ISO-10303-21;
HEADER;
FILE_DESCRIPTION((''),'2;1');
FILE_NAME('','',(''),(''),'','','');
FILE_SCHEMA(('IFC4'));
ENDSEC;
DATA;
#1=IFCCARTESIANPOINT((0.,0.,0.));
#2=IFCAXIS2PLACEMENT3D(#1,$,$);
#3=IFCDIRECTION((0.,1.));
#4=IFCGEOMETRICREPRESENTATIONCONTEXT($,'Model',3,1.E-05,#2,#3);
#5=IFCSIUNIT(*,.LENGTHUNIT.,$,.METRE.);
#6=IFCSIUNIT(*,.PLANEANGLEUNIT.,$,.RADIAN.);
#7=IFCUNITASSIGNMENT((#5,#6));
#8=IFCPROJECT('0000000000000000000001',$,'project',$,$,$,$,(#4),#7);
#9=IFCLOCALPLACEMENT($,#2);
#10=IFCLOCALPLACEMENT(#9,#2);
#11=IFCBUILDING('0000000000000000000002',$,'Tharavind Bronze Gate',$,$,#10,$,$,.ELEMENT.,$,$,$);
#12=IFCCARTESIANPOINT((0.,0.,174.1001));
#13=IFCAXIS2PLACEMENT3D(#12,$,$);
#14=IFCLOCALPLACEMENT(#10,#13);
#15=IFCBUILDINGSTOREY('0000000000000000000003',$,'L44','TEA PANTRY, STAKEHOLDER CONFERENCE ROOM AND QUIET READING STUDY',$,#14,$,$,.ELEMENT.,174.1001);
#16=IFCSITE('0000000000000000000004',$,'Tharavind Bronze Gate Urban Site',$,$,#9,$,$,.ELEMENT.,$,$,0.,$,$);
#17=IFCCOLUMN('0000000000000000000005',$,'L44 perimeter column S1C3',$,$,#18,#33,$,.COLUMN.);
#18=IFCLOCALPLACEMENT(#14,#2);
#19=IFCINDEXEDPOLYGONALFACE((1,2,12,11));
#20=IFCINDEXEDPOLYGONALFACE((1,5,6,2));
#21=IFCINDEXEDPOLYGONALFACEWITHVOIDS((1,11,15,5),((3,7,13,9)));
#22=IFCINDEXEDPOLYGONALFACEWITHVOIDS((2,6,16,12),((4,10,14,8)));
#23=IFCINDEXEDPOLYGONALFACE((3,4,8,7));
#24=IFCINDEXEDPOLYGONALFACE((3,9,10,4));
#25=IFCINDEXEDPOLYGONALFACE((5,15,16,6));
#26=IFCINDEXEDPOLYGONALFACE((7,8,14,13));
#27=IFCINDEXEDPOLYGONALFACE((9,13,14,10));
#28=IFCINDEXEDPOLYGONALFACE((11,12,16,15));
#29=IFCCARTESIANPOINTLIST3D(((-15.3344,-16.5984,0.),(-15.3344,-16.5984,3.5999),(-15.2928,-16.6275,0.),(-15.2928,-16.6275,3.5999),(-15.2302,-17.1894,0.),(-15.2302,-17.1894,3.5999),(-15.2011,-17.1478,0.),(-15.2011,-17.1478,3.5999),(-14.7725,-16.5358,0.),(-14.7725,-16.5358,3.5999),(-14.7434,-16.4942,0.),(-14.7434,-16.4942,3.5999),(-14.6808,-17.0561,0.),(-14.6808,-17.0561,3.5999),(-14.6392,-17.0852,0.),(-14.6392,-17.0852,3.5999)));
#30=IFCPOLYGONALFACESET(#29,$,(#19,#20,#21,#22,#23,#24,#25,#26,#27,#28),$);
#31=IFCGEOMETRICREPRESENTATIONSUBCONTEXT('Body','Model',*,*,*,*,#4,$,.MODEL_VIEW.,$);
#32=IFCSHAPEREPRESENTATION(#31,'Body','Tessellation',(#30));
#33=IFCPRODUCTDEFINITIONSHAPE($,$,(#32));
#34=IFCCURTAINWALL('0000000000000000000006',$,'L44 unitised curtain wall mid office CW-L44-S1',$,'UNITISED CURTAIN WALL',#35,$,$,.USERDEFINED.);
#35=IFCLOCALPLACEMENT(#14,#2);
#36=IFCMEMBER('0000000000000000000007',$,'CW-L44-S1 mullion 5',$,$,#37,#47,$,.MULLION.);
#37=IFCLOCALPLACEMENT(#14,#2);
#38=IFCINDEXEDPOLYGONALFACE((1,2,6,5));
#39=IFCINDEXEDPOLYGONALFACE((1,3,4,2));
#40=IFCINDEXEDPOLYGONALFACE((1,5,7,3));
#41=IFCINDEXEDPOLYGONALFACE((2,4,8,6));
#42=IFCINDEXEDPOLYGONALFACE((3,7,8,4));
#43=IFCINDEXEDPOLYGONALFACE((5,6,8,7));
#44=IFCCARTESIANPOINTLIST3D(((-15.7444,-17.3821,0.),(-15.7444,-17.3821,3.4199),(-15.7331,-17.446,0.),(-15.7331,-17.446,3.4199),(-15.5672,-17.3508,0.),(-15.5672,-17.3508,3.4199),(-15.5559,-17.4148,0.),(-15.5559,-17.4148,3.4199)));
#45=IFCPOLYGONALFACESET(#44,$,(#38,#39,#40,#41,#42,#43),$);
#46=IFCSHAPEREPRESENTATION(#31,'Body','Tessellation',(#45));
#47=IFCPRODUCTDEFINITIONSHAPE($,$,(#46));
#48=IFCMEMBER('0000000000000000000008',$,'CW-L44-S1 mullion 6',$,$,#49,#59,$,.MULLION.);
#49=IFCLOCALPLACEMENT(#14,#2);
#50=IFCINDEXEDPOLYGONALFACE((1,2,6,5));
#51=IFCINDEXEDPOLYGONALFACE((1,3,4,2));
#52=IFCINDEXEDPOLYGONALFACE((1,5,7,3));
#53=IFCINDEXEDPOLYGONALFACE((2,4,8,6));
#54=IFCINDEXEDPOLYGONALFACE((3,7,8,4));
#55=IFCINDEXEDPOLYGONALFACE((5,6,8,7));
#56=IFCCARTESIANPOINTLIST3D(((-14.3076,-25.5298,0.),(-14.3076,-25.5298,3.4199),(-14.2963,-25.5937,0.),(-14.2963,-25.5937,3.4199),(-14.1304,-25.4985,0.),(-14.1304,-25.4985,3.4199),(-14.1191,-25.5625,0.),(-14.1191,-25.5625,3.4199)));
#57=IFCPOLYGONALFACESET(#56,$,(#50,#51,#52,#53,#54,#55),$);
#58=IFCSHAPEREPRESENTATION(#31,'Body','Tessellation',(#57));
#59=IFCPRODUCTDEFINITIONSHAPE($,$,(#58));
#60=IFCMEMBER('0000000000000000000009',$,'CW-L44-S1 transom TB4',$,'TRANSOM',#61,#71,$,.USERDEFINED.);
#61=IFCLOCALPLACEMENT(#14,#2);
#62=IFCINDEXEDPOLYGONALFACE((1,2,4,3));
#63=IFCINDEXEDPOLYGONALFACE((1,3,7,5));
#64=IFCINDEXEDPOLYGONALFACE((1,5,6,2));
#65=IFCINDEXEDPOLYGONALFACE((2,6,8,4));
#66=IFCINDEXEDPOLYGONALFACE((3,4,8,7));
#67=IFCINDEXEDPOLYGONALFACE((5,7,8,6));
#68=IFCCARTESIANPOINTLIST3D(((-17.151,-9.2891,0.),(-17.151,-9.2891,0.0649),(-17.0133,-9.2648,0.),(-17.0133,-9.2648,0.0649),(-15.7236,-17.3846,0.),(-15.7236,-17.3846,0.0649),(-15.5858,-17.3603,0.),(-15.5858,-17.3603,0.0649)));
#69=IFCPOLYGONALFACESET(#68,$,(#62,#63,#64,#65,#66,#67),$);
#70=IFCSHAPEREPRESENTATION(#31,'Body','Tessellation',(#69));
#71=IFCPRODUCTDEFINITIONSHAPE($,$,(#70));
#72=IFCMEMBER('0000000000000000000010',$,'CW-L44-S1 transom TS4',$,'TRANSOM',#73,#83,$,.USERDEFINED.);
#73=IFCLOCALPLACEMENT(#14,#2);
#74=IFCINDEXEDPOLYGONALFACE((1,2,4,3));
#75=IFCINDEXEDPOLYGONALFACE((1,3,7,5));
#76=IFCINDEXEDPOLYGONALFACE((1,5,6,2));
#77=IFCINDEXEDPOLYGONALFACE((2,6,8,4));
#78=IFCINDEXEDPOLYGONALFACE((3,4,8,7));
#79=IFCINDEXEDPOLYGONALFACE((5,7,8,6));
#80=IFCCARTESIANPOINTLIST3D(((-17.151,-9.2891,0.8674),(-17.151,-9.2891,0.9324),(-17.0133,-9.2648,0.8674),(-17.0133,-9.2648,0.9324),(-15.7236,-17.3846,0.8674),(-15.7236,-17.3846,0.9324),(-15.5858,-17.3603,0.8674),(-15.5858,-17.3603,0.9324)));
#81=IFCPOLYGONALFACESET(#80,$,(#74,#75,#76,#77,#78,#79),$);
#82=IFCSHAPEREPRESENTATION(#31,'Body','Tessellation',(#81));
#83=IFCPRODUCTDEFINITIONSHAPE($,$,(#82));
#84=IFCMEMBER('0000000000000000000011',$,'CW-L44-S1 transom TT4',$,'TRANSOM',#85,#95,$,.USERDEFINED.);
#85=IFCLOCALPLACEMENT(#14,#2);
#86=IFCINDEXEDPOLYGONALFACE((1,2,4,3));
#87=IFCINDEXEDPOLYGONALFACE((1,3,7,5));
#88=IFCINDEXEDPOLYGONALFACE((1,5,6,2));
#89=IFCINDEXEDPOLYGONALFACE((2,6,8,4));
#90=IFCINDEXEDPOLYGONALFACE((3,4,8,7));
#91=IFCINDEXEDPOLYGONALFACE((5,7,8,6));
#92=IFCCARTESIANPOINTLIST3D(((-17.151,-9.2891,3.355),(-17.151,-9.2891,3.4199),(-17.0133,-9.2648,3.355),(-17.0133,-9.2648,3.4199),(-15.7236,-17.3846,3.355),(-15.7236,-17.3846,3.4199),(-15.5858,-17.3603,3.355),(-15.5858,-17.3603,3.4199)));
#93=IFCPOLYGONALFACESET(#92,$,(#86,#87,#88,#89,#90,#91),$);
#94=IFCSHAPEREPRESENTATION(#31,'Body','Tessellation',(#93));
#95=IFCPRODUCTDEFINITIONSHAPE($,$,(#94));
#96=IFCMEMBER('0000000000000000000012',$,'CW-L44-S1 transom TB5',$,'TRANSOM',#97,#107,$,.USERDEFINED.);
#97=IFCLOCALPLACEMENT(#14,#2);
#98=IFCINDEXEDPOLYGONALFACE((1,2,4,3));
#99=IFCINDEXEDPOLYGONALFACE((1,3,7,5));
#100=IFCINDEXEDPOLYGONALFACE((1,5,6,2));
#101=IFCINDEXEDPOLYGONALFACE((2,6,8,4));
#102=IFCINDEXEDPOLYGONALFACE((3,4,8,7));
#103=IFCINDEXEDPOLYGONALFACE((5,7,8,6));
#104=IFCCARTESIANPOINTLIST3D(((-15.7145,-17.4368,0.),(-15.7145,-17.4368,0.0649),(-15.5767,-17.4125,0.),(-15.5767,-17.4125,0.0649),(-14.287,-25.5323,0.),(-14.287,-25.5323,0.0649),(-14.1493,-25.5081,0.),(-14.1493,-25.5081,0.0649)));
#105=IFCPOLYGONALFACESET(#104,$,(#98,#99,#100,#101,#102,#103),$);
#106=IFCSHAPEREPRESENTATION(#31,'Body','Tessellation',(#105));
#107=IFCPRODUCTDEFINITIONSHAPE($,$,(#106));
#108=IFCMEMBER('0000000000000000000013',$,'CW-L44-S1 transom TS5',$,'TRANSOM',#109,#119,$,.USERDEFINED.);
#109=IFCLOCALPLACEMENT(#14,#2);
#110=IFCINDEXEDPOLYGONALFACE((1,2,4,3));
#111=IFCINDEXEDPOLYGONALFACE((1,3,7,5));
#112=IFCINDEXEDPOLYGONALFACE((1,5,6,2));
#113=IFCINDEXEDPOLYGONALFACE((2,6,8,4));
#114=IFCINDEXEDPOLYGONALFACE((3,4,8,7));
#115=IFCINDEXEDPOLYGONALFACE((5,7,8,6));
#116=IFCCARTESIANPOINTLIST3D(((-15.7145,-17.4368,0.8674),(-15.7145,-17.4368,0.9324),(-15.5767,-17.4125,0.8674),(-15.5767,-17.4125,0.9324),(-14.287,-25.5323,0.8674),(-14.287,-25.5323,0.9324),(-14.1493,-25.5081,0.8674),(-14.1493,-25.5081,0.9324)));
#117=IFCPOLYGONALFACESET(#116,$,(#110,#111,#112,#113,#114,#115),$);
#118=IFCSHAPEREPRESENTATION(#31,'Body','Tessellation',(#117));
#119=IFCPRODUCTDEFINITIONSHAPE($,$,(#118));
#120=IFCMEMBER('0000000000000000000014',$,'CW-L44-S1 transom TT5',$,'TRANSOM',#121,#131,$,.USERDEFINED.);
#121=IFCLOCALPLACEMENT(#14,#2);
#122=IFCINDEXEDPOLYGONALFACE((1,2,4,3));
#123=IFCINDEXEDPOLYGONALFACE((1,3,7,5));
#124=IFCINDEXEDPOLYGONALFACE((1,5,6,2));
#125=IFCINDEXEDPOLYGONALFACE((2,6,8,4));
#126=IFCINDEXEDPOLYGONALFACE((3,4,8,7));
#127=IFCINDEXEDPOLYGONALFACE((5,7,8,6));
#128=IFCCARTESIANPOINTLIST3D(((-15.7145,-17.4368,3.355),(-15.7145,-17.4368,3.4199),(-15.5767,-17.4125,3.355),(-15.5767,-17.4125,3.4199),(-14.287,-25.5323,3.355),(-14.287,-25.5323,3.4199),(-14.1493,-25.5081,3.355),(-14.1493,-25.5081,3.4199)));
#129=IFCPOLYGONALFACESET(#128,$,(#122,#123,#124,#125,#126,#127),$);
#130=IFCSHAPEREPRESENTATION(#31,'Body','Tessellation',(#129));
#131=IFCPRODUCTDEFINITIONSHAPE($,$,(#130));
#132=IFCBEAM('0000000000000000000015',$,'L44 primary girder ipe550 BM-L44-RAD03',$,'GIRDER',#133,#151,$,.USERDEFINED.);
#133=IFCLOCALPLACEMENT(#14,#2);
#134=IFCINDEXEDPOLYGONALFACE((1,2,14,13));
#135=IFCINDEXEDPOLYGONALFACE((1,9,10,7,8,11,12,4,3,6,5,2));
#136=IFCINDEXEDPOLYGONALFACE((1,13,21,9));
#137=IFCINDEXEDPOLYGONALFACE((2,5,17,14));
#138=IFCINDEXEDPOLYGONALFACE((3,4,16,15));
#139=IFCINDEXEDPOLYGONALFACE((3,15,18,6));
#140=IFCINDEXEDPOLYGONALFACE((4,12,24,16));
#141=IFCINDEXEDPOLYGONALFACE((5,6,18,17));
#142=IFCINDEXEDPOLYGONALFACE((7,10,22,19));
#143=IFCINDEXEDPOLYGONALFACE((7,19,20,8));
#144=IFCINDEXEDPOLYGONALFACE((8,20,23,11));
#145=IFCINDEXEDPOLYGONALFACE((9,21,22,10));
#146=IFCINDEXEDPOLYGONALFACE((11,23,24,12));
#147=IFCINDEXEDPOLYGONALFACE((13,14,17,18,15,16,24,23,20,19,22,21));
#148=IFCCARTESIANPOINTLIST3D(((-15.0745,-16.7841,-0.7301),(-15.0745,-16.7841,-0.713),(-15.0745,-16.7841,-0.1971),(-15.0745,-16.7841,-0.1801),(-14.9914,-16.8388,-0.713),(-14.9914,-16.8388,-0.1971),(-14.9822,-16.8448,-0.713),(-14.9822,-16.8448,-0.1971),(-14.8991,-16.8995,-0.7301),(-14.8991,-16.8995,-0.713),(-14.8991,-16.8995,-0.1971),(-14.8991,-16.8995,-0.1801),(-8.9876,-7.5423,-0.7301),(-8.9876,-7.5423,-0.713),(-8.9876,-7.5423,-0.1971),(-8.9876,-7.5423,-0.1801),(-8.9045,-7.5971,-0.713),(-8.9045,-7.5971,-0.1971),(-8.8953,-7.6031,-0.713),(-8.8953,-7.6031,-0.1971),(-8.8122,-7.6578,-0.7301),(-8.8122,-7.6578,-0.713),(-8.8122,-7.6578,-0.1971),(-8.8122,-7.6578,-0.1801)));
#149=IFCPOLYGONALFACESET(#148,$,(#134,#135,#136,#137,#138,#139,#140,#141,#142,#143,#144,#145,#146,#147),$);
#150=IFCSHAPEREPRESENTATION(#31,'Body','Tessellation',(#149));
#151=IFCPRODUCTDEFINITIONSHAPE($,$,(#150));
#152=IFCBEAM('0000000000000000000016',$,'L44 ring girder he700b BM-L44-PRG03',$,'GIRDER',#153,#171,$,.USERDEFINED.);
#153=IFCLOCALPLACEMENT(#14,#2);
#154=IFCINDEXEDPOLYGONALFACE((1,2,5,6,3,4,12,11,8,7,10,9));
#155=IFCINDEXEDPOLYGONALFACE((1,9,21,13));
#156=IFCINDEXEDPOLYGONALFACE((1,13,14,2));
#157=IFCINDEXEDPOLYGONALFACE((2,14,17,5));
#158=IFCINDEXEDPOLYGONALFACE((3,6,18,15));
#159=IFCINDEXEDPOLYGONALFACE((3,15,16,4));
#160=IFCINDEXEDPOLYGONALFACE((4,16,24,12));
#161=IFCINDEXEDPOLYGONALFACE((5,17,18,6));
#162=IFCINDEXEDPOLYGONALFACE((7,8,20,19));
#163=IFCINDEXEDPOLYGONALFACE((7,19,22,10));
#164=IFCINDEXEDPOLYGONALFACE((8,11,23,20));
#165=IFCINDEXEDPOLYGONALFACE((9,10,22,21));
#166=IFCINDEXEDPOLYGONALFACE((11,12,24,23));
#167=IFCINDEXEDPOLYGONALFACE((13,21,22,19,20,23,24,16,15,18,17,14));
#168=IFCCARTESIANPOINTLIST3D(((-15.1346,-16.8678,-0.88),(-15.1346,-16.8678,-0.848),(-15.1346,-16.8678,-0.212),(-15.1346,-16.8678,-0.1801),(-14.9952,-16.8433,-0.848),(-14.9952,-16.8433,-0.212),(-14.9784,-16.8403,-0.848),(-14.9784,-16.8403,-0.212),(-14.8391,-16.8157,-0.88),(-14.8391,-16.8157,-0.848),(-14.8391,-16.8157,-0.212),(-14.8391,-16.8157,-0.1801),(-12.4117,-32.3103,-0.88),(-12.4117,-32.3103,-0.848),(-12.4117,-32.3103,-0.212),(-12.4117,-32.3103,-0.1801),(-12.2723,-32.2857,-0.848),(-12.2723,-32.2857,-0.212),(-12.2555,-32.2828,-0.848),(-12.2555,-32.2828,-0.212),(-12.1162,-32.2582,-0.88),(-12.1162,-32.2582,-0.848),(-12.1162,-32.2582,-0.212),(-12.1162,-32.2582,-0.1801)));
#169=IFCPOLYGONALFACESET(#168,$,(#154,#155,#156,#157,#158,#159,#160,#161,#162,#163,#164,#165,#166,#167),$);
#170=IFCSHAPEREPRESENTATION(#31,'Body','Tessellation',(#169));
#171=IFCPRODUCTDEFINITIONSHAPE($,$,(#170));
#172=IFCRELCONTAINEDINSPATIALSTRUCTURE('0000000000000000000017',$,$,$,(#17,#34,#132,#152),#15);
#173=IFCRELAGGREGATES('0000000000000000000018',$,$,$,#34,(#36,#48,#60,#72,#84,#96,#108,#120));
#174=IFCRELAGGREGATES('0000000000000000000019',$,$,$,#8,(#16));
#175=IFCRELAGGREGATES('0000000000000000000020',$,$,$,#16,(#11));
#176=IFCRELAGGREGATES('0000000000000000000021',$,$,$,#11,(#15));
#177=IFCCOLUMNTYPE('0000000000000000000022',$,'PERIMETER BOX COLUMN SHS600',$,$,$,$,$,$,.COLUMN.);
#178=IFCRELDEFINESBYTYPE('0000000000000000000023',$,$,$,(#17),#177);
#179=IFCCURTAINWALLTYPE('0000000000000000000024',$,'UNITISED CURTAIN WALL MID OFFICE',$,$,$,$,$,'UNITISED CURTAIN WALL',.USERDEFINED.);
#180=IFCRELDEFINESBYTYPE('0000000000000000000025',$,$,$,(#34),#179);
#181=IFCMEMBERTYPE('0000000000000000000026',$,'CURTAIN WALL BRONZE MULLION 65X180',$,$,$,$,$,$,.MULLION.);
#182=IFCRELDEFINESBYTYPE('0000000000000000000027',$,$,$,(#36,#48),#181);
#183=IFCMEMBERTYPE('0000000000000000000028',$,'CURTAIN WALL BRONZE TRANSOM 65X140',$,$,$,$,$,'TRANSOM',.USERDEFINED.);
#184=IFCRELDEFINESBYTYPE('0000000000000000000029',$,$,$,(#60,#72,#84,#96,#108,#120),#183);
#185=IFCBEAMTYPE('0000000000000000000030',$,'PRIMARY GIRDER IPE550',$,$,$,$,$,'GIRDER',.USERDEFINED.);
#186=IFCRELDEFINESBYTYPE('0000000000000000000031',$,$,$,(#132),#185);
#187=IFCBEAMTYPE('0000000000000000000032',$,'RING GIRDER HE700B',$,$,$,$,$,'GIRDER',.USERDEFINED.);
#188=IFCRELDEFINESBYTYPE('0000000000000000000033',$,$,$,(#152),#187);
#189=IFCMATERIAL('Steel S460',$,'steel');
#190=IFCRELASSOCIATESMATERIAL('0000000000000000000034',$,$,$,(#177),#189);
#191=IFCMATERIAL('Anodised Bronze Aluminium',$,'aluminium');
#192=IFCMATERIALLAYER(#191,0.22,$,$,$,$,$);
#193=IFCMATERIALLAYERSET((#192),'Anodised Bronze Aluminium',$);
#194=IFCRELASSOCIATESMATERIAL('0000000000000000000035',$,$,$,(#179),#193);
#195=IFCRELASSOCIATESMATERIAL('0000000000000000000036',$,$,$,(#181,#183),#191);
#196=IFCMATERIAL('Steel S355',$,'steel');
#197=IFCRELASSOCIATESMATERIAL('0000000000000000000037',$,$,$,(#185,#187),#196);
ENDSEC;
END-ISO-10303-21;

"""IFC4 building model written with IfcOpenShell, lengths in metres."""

from ifc_helpers import new_model, si_unit, direction, frame, origin, origin_2d, place, context, subcontext, project, spatial, rectangle, hollow_rectangle, i_section, extrude, material, layer, layer_set, material_profile, profile_set, type_object, element, aggregate, save


model = new_model("IFC4")

# Units and contexts
model_context = context("Model", 3, precision=1e-05, world=origin(), true_north=direction((0.0, 1.0)))
body_context = subcontext(model_context, "Body", "Model", "MODEL_VIEW")
ifc_project = project(units=[si_unit("LENGTHUNIT", "METRE"), si_unit("PLANEANGLEUNIT", "RADIAN")], contexts=[model_context])

# Site, building, storey
site_placement = place(None, origin())
site = spatial("IfcSite", under=ifc_project, at=site_placement, Name="Tharavind Bronze Gate Urban Site", CompositionType="ELEMENT", RefElevation=0.0)
building_placement = place(site_placement, origin())
building = spatial("IfcBuilding", under=site, at=building_placement, Name="Tharavind Bronze Gate", CompositionType="ELEMENT")
storey_placement = place(building_placement, frame((0.0, 0.0, 174.1001)))
storey = spatial("IfcBuildingStorey", under=building, at=storey_placement, Name="L44", Description="TEA PANTRY, STAKEHOLDER CONFERENCE ROOM AND QUIET READING STUDY", CompositionType="ELEMENT", Elevation=174.1001)

# Column
ifc_material_1 = material(Name="Steel S460", Category="steel")
ifc_material_profile_1 = material_profile(ifc_material_1, hollow_rectangle(XDim=0.6001, YDim=0.6001, WallThickness=0.0359, at=origin_2d()), Name="SHS600X36")
ifc_profile_set_1 = profile_set([ifc_material_profile_1], Name="Steel S460")
column_type = type_object("IfcColumnType", Name="PERIMETER BOX COLUMN SHS600", PredefinedType="COLUMN", material=ifc_profile_set_1)
column_placement = place(storey_placement, frame((-14.9868, -16.8418, 0.0), z_axis=(0.0, 0.0, 1.0), x_axis=(-0.173648, 0.984808, 0.0)))
element("IfcColumn", 1, at=column_placement, inside=storey, type_object=column_type, Name="L44 perimeter column S1C3", PredefinedType="COLUMN", context=body_context, shape_type="SweptSolid", body=[
    extrude(hollow_rectangle(XDim=0.6001, YDim=0.6001, WallThickness=0.0359, at=origin_2d()), origin(), (0.0, 0.0, 1.0), 3.5999),
])

# Curtain wall, members
ifc_material_2 = material(Name="Anodised Bronze Aluminium", Category="aluminium")
ifc_layer_1 = layer(ifc_material_2, 0.22)
ifc_layer_set_1 = layer_set([ifc_layer_1], Name="Anodised Bronze Aluminium")
curtain_wall_type = type_object("IfcCurtainWallType", Name="UNITISED CURTAIN WALL MID OFFICE", ElementType="UNITISED CURTAIN WALL", PredefinedType="USERDEFINED", material=ifc_layer_set_1)
curtain_wall_placement = place(storey_placement, origin())
curtain_wall = element("IfcCurtainWall", 2, at=curtain_wall_placement, inside=storey, type_object=curtain_wall_type, Name="L44 unitised curtain wall mid office CW-L44-S1", ObjectType="UNITISED CURTAIN WALL", PredefinedType="USERDEFINED")
member_type_1 = type_object("IfcMemberType", Name="CURTAIN WALL BRONZE MULLION 65X180", PredefinedType="MULLION", material=ifc_material_2)
member_1_placement = place(storey_placement, frame((-15.6501, -17.3984, 0.0), z_axis=(0.0, 0.0, 1.0), x_axis=(0.173648, -0.984808, 0.0)))
member_1 = element("IfcMember", 3, at=member_1_placement, type_object=member_type_1, Name="CW-L44-S1 mullion 5", PredefinedType="MULLION", context=body_context, shape_type="SweptSolid", body=[
    extrude(rectangle(XDim=0.0649, YDim=0.1799, at=origin_2d()), origin(), (0.0, 0.0, 1.0), 3.4199),
])
member_2_placement = place(storey_placement, frame((-14.2134, -25.5461, 0.0), z_axis=(0.0, 0.0, 1.0), x_axis=(0.173648, -0.984808, 0.0)))
member_2 = element("IfcMember", 4, at=member_2_placement, type_object=member_type_1, Name="CW-L44-S1 mullion 6", PredefinedType="MULLION", context=body_context, shape_type="SweptSolid", body=[
    extrude(rectangle(XDim=0.0649, YDim=0.1799, at=origin_2d()), origin(), (0.0, 0.0, 1.0), 3.4199),
])
member_type_2 = type_object("IfcMemberType", Name="CURTAIN WALL BRONZE TRANSOM 65X140", ElementType="TRANSOM", PredefinedType="USERDEFINED", material=ifc_material_2)
member_3_placement = place(storey_placement, frame((-16.3684, -13.3247, 0.0), z_axis=(0.0, 0.0, 1.0), x_axis=(0.173648, -0.984808, 0.0)))
member_3 = element("IfcMember", 5, at=member_3_placement, type_object=member_type_2, Name="CW-L44-S1 transom TB4", ObjectType="TRANSOM", PredefinedType="USERDEFINED", context=body_context, shape_type="SweptSolid", body=[
    extrude(rectangle(XDim=8.2205, YDim=0.1399, at=origin_2d()), origin(), (0.0, 0.0, 1.0), 0.0649),
])
member_4_placement = place(storey_placement, frame((-16.3684, -13.3247, 0.8674), z_axis=(0.0, 0.0, 1.0), x_axis=(0.173648, -0.984808, 0.0)))
member_4 = element("IfcMember", 6, at=member_4_placement, type_object=member_type_2, Name="CW-L44-S1 transom TS4", ObjectType="TRANSOM", PredefinedType="USERDEFINED", context=body_context, shape_type="SweptSolid", body=[
    extrude(rectangle(XDim=8.2205, YDim=0.1399, at=origin_2d()), origin(), (0.0, 0.0, 1.0), 0.0649),
])
member_5_placement = place(storey_placement, frame((-16.3684, -13.3247, 3.355), z_axis=(0.0, 0.0, 1.0), x_axis=(0.173648, -0.984808, 0.0)))
member_5 = element("IfcMember", 7, at=member_5_placement, type_object=member_type_2, Name="CW-L44-S1 transom TT4", ObjectType="TRANSOM", PredefinedType="USERDEFINED", context=body_context, shape_type="SweptSolid", body=[
    extrude(rectangle(XDim=8.2205, YDim=0.1399, at=origin_2d()), origin(), (0.0, 0.0, 1.0), 0.0649),
])
member_6_placement = place(storey_placement, frame((-14.9319, -21.4724, 0.0), z_axis=(0.0, 0.0, 1.0), x_axis=(0.173648, -0.984808, 0.0)))
member_6 = element("IfcMember", 8, at=member_6_placement, type_object=member_type_2, Name="CW-L44-S1 transom TB5", ObjectType="TRANSOM", PredefinedType="USERDEFINED", context=body_context, shape_type="SweptSolid", body=[
    extrude(rectangle(XDim=8.2205, YDim=0.1399, at=origin_2d()), origin(), (0.0, 0.0, 1.0), 0.0649),
])
member_7_placement = place(storey_placement, frame((-14.9319, -21.4724, 0.8674), z_axis=(0.0, 0.0, 1.0), x_axis=(0.173648, -0.984808, 0.0)))
member_7 = element("IfcMember", 9, at=member_7_placement, type_object=member_type_2, Name="CW-L44-S1 transom TS5", ObjectType="TRANSOM", PredefinedType="USERDEFINED", context=body_context, shape_type="SweptSolid", body=[
    extrude(rectangle(XDim=8.2205, YDim=0.1399, at=origin_2d()), origin(), (0.0, 0.0, 1.0), 0.0649),
])
member_8_placement = place(storey_placement, frame((-14.9319, -21.4724, 3.355), z_axis=(0.0, 0.0, 1.0), x_axis=(0.173648, -0.984808, 0.0)))
member_8 = element("IfcMember", 10, at=member_8_placement, type_object=member_type_2, Name="CW-L44-S1 transom TT5", ObjectType="TRANSOM", PredefinedType="USERDEFINED", context=body_context, shape_type="SweptSolid", body=[
    extrude(rectangle(XDim=8.2205, YDim=0.1399, at=origin_2d()), origin(), (0.0, 0.0, 1.0), 0.0649),
])

# Beams
ifc_material_3 = material(Name="Steel S355", Category="steel")
ifc_material_profile_2 = material_profile(ifc_material_3, i_section(OverallWidth=0.21, OverallDepth=0.55, WebThickness=0.011, FlangeThickness=0.0171, at=origin_2d()), Name="IPE550")
ifc_profile_set_2 = profile_set([ifc_material_profile_2], Name="Steel S355")
beam_type_1 = type_object("IfcBeamType", Name="PRIMARY GIRDER IPE550", ElementType="GIRDER", PredefinedType="USERDEFINED", material=ifc_profile_set_2)
beam_1_placement = place(storey_placement, frame((-14.9868, -16.8418, -0.4551), z_axis=(0.550048, 0.835133, 0.0), x_axis=(-0.835133, 0.550048, 0.0)))
element("IfcBeam", 11, at=beam_1_placement, inside=storey, type_object=beam_type_1, Name="L44 primary girder ipe550 BM-L44-RAD03", ObjectType="GIRDER", PredefinedType="USERDEFINED", context=body_context, shape_type="SweptSolid", body=[
    extrude(i_section(OverallWidth=0.21, OverallDepth=0.55, WebThickness=0.011, FlangeThickness=0.0171, at=origin_2d()), origin(), (0.0, 0.0, 1.0), 11.0662),
])
ifc_material_profile_3 = material_profile(ifc_material_3, i_section(OverallWidth=0.3, OverallDepth=0.7, WebThickness=0.0171, FlangeThickness=0.032, at=origin_2d()), Name="HE700B")
ifc_profile_set_3 = profile_set([ifc_material_profile_3], Name="Steel S355")
beam_type_2 = type_object("IfcBeamType", Name="RING GIRDER HE700B", ElementType="GIRDER", PredefinedType="USERDEFINED", material=ifc_profile_set_3)
beam_2_placement = place(storey_placement, frame((-14.9868, -16.8418, -0.53), z_axis=(0.173648, -0.984808, 0.0), x_axis=(0.984808, 0.173648, 0.0)))
element("IfcBeam", 12, at=beam_2_placement, inside=storey, type_object=beam_type_2, Name="L44 ring girder he700b BM-L44-PRG03", ObjectType="GIRDER", PredefinedType="USERDEFINED", context=body_context, shape_type="SweptSolid", body=[
    extrude(i_section(OverallWidth=0.3, OverallDepth=0.7, WebThickness=0.0171, FlangeThickness=0.032, at=origin_2d()), origin(), (0.0, 0.0, 1.0), 15.6807),
])

aggregate(curtain_wall, [member_1, member_2, member_3, member_4, member_5, member_6, member_7, member_8])

save(model, "model.ifc")
